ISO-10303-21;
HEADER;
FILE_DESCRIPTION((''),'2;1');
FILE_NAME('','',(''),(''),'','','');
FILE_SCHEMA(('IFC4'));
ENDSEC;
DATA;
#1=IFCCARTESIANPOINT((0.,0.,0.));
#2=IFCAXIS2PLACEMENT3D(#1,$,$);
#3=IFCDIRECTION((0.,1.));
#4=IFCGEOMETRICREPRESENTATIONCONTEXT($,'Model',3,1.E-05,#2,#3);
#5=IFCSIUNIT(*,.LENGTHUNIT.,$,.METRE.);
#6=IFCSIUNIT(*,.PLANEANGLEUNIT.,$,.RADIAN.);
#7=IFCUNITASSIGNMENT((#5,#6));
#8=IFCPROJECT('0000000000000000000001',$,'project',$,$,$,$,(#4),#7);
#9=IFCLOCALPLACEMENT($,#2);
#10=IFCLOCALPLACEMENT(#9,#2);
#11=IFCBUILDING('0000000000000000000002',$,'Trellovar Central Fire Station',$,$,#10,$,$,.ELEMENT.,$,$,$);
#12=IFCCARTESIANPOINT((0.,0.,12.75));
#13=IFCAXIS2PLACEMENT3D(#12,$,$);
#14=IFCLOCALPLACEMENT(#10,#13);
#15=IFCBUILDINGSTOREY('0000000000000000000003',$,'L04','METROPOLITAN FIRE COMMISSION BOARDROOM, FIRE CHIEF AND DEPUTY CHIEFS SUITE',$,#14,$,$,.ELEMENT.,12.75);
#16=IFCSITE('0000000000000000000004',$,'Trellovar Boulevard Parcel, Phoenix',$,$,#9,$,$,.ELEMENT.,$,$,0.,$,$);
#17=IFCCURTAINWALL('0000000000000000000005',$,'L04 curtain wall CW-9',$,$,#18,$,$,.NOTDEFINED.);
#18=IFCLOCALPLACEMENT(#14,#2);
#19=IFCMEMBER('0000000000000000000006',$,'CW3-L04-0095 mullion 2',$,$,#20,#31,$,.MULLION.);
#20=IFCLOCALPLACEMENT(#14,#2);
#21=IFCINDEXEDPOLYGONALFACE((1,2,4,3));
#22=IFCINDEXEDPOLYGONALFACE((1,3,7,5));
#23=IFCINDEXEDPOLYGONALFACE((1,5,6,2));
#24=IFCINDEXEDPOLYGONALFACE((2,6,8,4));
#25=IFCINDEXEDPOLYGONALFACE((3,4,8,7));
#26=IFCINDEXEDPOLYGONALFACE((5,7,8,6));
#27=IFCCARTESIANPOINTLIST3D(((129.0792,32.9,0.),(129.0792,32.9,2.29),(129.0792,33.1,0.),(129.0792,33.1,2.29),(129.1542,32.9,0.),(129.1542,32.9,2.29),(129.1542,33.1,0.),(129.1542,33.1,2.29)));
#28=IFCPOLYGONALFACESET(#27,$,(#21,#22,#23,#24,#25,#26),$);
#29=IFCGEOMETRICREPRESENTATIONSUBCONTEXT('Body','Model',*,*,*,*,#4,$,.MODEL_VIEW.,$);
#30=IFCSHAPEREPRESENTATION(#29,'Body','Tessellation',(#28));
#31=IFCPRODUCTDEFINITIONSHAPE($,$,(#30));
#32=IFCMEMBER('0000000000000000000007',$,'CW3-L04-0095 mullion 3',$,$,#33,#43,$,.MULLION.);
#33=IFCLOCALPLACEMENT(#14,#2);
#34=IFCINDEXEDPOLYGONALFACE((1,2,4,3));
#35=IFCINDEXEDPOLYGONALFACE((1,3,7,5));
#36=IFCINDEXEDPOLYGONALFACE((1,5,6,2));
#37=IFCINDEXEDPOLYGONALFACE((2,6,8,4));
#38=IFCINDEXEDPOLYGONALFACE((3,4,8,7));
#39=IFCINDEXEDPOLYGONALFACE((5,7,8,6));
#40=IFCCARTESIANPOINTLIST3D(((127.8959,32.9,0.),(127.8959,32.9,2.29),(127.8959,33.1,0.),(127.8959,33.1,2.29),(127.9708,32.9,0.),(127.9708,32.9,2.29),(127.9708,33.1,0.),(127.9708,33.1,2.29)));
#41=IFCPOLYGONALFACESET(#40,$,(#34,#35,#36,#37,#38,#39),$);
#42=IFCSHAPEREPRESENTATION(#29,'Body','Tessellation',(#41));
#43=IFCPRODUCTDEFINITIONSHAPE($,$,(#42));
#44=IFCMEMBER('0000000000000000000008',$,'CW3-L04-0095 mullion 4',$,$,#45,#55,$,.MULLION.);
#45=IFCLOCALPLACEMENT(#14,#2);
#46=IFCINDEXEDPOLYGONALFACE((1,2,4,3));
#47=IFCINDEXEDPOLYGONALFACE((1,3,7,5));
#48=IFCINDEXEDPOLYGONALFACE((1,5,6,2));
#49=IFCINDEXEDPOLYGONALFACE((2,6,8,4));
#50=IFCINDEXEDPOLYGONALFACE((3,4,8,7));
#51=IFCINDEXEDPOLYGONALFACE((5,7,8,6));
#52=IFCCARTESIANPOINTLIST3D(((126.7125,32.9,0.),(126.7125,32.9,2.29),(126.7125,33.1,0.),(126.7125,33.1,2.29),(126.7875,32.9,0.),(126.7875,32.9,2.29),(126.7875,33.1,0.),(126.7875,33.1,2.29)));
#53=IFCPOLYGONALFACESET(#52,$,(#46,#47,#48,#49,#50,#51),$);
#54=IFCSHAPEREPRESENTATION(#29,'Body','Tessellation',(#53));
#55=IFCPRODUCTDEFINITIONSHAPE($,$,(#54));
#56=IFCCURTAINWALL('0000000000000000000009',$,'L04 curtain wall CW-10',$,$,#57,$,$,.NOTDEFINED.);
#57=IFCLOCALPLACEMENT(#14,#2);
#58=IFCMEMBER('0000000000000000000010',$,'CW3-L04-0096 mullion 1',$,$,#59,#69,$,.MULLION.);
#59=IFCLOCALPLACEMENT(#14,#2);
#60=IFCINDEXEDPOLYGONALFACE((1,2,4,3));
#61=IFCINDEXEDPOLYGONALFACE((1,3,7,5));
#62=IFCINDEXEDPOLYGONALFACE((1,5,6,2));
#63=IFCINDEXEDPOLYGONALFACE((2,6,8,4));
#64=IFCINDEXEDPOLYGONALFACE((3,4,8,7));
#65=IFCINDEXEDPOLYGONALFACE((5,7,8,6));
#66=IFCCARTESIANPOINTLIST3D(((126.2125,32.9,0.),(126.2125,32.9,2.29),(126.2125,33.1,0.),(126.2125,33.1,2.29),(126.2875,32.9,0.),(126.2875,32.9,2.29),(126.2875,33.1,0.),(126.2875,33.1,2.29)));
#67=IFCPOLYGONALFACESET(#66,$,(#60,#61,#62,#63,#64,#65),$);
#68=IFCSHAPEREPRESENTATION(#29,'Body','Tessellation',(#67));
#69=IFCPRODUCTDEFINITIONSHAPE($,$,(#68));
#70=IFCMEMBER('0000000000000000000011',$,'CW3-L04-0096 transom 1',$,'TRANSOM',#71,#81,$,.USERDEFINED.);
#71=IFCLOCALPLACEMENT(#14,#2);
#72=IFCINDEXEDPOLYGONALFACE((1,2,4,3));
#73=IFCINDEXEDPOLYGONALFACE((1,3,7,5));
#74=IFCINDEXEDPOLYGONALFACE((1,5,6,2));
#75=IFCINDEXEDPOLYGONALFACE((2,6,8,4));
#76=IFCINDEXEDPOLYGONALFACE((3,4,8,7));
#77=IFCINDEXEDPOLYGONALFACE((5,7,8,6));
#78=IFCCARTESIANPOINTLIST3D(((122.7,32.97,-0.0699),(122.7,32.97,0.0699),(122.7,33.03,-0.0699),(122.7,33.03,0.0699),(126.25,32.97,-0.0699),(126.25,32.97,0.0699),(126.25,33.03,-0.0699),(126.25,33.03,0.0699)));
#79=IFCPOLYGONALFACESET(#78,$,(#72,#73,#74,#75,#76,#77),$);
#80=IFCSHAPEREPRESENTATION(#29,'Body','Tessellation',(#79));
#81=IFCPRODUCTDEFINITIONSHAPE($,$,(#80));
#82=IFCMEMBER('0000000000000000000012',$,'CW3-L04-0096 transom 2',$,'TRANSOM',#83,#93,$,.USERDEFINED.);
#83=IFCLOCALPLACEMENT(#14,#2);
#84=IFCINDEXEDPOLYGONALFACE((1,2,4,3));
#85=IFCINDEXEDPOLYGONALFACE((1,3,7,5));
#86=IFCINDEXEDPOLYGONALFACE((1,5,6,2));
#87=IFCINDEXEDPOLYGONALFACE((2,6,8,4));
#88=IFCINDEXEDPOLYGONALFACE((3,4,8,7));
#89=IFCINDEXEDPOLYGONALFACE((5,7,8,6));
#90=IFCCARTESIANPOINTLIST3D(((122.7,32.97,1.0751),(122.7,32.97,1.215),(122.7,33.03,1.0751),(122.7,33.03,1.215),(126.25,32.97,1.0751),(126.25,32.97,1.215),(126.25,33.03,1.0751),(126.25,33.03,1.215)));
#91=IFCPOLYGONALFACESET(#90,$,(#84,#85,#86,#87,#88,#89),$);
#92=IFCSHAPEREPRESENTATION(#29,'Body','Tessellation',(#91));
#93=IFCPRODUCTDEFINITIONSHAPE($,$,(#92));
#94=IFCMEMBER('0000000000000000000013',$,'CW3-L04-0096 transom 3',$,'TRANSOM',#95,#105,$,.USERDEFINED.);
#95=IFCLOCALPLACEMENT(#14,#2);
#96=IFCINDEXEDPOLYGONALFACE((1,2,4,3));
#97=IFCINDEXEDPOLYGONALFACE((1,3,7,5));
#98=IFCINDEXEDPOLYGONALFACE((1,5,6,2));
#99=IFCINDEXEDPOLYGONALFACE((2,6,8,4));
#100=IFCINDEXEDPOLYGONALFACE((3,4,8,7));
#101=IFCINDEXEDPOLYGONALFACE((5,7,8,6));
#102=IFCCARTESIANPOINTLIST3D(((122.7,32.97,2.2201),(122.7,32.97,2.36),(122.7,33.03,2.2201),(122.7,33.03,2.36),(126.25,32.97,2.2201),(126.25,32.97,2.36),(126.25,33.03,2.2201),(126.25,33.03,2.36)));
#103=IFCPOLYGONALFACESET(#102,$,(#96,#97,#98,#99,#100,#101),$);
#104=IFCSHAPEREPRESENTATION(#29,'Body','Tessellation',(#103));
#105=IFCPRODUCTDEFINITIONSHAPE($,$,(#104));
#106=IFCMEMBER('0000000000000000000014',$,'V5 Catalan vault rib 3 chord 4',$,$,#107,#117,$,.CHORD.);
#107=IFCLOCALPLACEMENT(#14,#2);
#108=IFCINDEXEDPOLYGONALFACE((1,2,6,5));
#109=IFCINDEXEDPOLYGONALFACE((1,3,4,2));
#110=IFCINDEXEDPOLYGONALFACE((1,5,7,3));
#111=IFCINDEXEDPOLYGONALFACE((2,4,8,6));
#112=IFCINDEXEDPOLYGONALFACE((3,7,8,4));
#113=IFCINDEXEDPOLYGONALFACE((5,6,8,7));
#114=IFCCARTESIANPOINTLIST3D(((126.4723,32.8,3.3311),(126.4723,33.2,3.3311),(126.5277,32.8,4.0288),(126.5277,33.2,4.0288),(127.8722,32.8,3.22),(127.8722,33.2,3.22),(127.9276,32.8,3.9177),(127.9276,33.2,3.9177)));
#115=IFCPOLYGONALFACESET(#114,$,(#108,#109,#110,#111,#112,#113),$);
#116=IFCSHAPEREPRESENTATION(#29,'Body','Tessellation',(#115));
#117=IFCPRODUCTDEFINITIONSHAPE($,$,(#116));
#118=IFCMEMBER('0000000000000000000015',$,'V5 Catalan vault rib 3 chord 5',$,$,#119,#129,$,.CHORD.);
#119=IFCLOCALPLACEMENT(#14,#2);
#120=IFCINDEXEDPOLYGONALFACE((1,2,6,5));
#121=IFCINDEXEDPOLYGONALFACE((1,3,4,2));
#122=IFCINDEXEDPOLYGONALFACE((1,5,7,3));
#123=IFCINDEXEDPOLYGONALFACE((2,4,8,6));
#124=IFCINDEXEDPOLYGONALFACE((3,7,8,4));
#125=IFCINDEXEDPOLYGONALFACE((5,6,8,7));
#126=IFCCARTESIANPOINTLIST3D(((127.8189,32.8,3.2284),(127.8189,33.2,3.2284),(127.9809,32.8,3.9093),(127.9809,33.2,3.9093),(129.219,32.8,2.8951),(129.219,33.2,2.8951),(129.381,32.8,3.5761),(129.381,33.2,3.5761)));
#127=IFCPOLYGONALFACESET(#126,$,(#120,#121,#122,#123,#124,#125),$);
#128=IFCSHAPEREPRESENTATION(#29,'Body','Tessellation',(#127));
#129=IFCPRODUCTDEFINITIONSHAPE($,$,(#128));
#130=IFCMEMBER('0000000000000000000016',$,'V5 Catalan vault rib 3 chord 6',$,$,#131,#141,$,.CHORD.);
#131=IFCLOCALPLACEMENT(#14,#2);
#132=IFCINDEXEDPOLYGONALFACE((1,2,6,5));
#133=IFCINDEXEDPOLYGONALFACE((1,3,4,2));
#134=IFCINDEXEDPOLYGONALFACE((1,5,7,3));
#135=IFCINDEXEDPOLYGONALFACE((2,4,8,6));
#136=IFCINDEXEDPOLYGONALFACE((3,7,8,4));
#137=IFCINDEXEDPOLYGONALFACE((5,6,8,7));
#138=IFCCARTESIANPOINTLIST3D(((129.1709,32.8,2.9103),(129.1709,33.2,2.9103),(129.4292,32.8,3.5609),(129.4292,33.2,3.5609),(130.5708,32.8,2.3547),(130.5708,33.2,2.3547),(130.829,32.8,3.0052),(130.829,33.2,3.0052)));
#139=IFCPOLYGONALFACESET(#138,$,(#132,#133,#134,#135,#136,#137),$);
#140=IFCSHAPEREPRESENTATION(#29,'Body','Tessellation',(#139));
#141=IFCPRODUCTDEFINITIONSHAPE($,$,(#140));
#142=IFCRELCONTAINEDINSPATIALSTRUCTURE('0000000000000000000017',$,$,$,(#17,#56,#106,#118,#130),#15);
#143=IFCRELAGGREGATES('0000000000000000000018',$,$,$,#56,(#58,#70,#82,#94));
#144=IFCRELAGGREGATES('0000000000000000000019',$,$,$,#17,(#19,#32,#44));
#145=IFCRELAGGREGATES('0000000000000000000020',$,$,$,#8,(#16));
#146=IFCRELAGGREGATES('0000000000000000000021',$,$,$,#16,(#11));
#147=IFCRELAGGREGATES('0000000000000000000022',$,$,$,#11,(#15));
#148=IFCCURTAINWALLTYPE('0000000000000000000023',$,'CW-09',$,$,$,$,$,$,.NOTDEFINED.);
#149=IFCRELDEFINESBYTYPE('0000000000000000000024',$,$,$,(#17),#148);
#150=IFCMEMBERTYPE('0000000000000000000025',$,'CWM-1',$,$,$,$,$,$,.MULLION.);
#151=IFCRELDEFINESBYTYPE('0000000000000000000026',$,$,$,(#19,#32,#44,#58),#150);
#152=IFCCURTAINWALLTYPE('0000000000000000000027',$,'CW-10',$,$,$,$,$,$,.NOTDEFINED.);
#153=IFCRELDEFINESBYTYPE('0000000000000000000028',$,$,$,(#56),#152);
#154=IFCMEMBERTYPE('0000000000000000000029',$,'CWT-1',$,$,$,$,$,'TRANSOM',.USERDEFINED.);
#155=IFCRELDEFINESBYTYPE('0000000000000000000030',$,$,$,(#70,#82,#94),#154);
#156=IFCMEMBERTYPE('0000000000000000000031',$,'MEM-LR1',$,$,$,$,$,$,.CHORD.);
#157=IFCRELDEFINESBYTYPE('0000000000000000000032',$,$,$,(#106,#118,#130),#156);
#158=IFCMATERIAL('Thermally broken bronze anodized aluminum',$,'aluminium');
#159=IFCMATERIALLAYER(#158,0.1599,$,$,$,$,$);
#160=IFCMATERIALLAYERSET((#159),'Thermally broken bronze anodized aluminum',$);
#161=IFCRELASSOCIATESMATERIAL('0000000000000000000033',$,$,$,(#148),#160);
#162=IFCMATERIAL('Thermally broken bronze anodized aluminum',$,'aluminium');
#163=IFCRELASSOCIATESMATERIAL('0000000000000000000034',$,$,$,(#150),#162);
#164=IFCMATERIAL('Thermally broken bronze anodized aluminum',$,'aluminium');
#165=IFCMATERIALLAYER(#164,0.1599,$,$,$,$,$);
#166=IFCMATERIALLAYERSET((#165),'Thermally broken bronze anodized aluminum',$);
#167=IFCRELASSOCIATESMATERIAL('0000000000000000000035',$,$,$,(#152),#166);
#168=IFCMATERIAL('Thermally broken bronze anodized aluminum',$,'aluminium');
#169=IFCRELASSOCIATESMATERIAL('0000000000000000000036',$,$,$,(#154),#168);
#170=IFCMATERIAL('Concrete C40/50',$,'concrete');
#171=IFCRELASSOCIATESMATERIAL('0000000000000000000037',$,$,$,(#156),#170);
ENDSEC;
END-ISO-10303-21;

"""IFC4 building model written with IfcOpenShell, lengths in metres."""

from ifc_helpers import new_model, si_unit, direction, frame, origin, origin_2d, place, context, subcontext, project, spatial, rectangle, extrude, material, layer, layer_set, material_profile, profile_set, type_object, element, aggregate, save


model = new_model("IFC4")

# Units and contexts
model_context = context("Model", 3, precision=1e-05, world=origin(), true_north=direction((0.0, 1.0)))
body_context = subcontext(model_context, "Body", "Model", "MODEL_VIEW")
ifc_project = project(units=[si_unit("LENGTHUNIT", "METRE"), si_unit("PLANEANGLEUNIT", "RADIAN")], contexts=[model_context])

# Site, building, storey
site_placement = place(None, origin())
site = spatial("IfcSite", under=ifc_project, at=site_placement, Name="Trellovar Boulevard Parcel, Phoenix", CompositionType="ELEMENT", RefElevation=0.0)
building_placement = place(site_placement, origin())
building = spatial("IfcBuilding", under=site, at=building_placement, Name="Trellovar Central Fire Station", CompositionType="ELEMENT")
storey_placement = place(building_placement, frame((0.0, 0.0, 12.75)))
storey = spatial("IfcBuildingStorey", under=building, at=storey_placement, Name="L04", Description="METROPOLITAN FIRE COMMISSION BOARDROOM, FIRE CHIEF AND DEPUTY CHIEFS SUITE", CompositionType="ELEMENT", Elevation=12.75)

# Curtain walls, members
ifc_material_1 = material(Name="Thermally broken bronze anodized aluminum", Category="aluminium")
ifc_layer_1 = layer(ifc_material_1, 0.1599)
ifc_layer_set_1 = layer_set([ifc_layer_1], Name="Thermally broken bronze anodized aluminum")
curtain_wall_type_1 = type_object("IfcCurtainWallType", Name="CW-09", PredefinedType="NOTDEFINED", material=ifc_layer_set_1)
curtain_wall_1_placement = place(storey_placement, origin())
curtain_wall_1 = element("IfcCurtainWall", 1, at=curtain_wall_1_placement, inside=storey, type_object=curtain_wall_type_1, Name="L04 curtain wall CW-9", PredefinedType="NOTDEFINED")
ifc_material_2 = material(Name="Thermally broken bronze anodized aluminum", Category="aluminium")
ifc_material_profile_1 = material_profile(ifc_material_2, rectangle(XDim=0.075, YDim=0.2, at=origin_2d()), Name="ALU75X200")
ifc_profile_set_1 = profile_set([ifc_material_profile_1], Name="Thermally broken bronze anodized aluminum")
member_type_1 = type_object("IfcMemberType", Name="CWM-1", PredefinedType="MULLION", material=ifc_profile_set_1)
member_1_placement = place(storey_placement, frame((129.1167, 33.0, 0.0), z_axis=(0.0, 0.0, 1.0), x_axis=(1.0, 0.0, 0.0)))
member_1 = element("IfcMember", 2, at=member_1_placement, type_object=member_type_1, Name="CW3-L04-0095 mullion 2", PredefinedType="MULLION", context=body_context, shape_type="SweptSolid", body=[
    extrude(rectangle(XDim=0.075, YDim=0.2, at=origin_2d()), origin(), (0.0, 0.0, 1.0), 2.29),
])
member_2_placement = place(storey_placement, frame((127.9333, 33.0, 0.0), z_axis=(0.0, 0.0, 1.0), x_axis=(1.0, 0.0, 0.0)))
member_2 = element("IfcMember", 3, at=member_2_placement, type_object=member_type_1, Name="CW3-L04-0095 mullion 3", PredefinedType="MULLION", context=body_context, shape_type="SweptSolid", body=[
    extrude(rectangle(XDim=0.075, YDim=0.2, at=origin_2d()), origin(), (0.0, 0.0, 1.0), 2.29),
])
member_3_placement = place(storey_placement, frame((126.75, 33.0, 0.0), z_axis=(0.0, 0.0, 1.0), x_axis=(1.0, 0.0, 0.0)))
member_3 = element("IfcMember", 4, at=member_3_placement, type_object=member_type_1, Name="CW3-L04-0095 mullion 4", PredefinedType="MULLION", context=body_context, shape_type="SweptSolid", body=[
    extrude(rectangle(XDim=0.075, YDim=0.2, at=origin_2d()), origin(), (0.0, 0.0, 1.0), 2.29),
])
ifc_material_3 = material(Name="Thermally broken bronze anodized aluminum", Category="aluminium")
ifc_layer_2 = layer(ifc_material_3, 0.1599)
ifc_layer_set_2 = layer_set([ifc_layer_2], Name="Thermally broken bronze anodized aluminum")
curtain_wall_type_2 = type_object("IfcCurtainWallType", Name="CW-10", PredefinedType="NOTDEFINED", material=ifc_layer_set_2)
curtain_wall_2_placement = place(storey_placement, origin())
curtain_wall_2 = element("IfcCurtainWall", 5, at=curtain_wall_2_placement, inside=storey, type_object=curtain_wall_type_2, Name="L04 curtain wall CW-10", PredefinedType="NOTDEFINED")
member_4_placement = place(storey_placement, frame((126.25, 33.0, 0.0), z_axis=(0.0, 0.0, 1.0), x_axis=(1.0, 0.0, 0.0)))
member_4 = element("IfcMember", 6, at=member_4_placement, type_object=member_type_1, Name="CW3-L04-0096 mullion 1", PredefinedType="MULLION", context=body_context, shape_type="SweptSolid", body=[
    extrude(rectangle(XDim=0.075, YDim=0.2, at=origin_2d()), origin(), (0.0, 0.0, 1.0), 2.29),
])
ifc_material_4 = material(Name="Thermally broken bronze anodized aluminum", Category="aluminium")
ifc_material_profile_2 = material_profile(ifc_material_4, rectangle(XDim=0.0601, YDim=0.1399, at=origin_2d()), Name="ALU60X140")
ifc_profile_set_2 = profile_set([ifc_material_profile_2], Name="Thermally broken bronze anodized aluminum")
member_type_2 = type_object("IfcMemberType", Name="CWT-1", ElementType="TRANSOM", PredefinedType="USERDEFINED", material=ifc_profile_set_2)
member_5_placement = place(storey_placement, frame((126.25, 33.0, 0.0), z_axis=(-1.0, 0.0, 0.0), x_axis=(0.0, -1.0, 0.0)))
member_5 = element("IfcMember", 7, at=member_5_placement, type_object=member_type_2, Name="CW3-L04-0096 transom 1", ObjectType="TRANSOM", PredefinedType="USERDEFINED", context=body_context, shape_type="SweptSolid", body=[
    extrude(rectangle(XDim=0.0601, YDim=0.1399, at=origin_2d()), origin(), (0.0, 0.0, 1.0), 3.55),
])
member_6_placement = place(storey_placement, frame((126.25, 33.0, 1.145), z_axis=(-1.0, 0.0, 0.0), x_axis=(0.0, -1.0, 0.0)))
member_6 = element("IfcMember", 8, at=member_6_placement, type_object=member_type_2, Name="CW3-L04-0096 transom 2", ObjectType="TRANSOM", PredefinedType="USERDEFINED", context=body_context, shape_type="SweptSolid", body=[
    extrude(rectangle(XDim=0.0601, YDim=0.1399, at=origin_2d()), origin(), (0.0, 0.0, 1.0), 3.55),
])
member_7_placement = place(storey_placement, frame((126.25, 33.0, 2.29), z_axis=(-1.0, 0.0, 0.0), x_axis=(0.0, -1.0, 0.0)))
member_7 = element("IfcMember", 9, at=member_7_placement, type_object=member_type_2, Name="CW3-L04-0096 transom 3", ObjectType="TRANSOM", PredefinedType="USERDEFINED", context=body_context, shape_type="SweptSolid", body=[
    extrude(rectangle(XDim=0.0601, YDim=0.1399, at=origin_2d()), origin(), (0.0, 0.0, 1.0), 3.55),
])

# Members
ifc_material_5 = material(Name="Concrete C40/50", Category="concrete")
ifc_material_profile_3 = material_profile(ifc_material_5, rectangle(XDim=0.3999, YDim=0.7, at=origin_2d()), Name="RC400X700")
ifc_profile_set_3 = profile_set([ifc_material_profile_3], Name="Concrete C40/50")
member_type_3 = type_object("IfcMemberType", Name="MEM-LR1", PredefinedType="CHORD", material=ifc_profile_set_3)
member_8_placement = place(storey_placement, frame((126.5, 33.0, 3.6799), z_axis=(0.996866, 0.0, -0.079103), x_axis=(0.0, 1.0, 0.0)))
element("IfcMember", 10, at=member_8_placement, inside=storey, type_object=member_type_3, Name="V5 Catalan vault rib 3 chord 4", PredefinedType="CHORD", context=body_context, shape_type="SweptSolid", body=[
    extrude(rectangle(XDim=0.3999, YDim=0.7, at=origin_2d()), origin(), (0.0, 0.0, 1.0), 1.4043),
])
member_9_placement = place(storey_placement, frame((127.8999, 33.0, 3.5688), z_axis=(0.972824, 0.0, -0.231544), x_axis=(0.0, 1.0, 0.0)))
element("IfcMember", 11, at=member_9_placement, inside=storey, type_object=member_type_3, Name="V5 Catalan vault rib 3 chord 5", PredefinedType="CHORD", context=body_context, shape_type="SweptSolid", body=[
    extrude(rectangle(XDim=0.3999, YDim=0.7, at=origin_2d()), origin(), (0.0, 0.0, 1.0), 1.4392),
])
member_10_placement = place(storey_placement, frame((129.3, 33.0, 3.2356), z_axis=(0.929457, 0.0, -0.36893), x_axis=(0.0, 1.0, 0.0)))
element("IfcMember", 12, at=member_10_placement, inside=storey, type_object=member_type_3, Name="V5 Catalan vault rib 3 chord 6", PredefinedType="CHORD", context=body_context, shape_type="SweptSolid", body=[
    extrude(rectangle(XDim=0.3999, YDim=0.7, at=origin_2d()), origin(), (0.0, 0.0, 1.0), 1.5061),
])

aggregate(curtain_wall_2, [member_4, member_5, member_6, member_7])
aggregate(curtain_wall_1, [member_1, member_2, member_3])

save(model, "model.ifc")
